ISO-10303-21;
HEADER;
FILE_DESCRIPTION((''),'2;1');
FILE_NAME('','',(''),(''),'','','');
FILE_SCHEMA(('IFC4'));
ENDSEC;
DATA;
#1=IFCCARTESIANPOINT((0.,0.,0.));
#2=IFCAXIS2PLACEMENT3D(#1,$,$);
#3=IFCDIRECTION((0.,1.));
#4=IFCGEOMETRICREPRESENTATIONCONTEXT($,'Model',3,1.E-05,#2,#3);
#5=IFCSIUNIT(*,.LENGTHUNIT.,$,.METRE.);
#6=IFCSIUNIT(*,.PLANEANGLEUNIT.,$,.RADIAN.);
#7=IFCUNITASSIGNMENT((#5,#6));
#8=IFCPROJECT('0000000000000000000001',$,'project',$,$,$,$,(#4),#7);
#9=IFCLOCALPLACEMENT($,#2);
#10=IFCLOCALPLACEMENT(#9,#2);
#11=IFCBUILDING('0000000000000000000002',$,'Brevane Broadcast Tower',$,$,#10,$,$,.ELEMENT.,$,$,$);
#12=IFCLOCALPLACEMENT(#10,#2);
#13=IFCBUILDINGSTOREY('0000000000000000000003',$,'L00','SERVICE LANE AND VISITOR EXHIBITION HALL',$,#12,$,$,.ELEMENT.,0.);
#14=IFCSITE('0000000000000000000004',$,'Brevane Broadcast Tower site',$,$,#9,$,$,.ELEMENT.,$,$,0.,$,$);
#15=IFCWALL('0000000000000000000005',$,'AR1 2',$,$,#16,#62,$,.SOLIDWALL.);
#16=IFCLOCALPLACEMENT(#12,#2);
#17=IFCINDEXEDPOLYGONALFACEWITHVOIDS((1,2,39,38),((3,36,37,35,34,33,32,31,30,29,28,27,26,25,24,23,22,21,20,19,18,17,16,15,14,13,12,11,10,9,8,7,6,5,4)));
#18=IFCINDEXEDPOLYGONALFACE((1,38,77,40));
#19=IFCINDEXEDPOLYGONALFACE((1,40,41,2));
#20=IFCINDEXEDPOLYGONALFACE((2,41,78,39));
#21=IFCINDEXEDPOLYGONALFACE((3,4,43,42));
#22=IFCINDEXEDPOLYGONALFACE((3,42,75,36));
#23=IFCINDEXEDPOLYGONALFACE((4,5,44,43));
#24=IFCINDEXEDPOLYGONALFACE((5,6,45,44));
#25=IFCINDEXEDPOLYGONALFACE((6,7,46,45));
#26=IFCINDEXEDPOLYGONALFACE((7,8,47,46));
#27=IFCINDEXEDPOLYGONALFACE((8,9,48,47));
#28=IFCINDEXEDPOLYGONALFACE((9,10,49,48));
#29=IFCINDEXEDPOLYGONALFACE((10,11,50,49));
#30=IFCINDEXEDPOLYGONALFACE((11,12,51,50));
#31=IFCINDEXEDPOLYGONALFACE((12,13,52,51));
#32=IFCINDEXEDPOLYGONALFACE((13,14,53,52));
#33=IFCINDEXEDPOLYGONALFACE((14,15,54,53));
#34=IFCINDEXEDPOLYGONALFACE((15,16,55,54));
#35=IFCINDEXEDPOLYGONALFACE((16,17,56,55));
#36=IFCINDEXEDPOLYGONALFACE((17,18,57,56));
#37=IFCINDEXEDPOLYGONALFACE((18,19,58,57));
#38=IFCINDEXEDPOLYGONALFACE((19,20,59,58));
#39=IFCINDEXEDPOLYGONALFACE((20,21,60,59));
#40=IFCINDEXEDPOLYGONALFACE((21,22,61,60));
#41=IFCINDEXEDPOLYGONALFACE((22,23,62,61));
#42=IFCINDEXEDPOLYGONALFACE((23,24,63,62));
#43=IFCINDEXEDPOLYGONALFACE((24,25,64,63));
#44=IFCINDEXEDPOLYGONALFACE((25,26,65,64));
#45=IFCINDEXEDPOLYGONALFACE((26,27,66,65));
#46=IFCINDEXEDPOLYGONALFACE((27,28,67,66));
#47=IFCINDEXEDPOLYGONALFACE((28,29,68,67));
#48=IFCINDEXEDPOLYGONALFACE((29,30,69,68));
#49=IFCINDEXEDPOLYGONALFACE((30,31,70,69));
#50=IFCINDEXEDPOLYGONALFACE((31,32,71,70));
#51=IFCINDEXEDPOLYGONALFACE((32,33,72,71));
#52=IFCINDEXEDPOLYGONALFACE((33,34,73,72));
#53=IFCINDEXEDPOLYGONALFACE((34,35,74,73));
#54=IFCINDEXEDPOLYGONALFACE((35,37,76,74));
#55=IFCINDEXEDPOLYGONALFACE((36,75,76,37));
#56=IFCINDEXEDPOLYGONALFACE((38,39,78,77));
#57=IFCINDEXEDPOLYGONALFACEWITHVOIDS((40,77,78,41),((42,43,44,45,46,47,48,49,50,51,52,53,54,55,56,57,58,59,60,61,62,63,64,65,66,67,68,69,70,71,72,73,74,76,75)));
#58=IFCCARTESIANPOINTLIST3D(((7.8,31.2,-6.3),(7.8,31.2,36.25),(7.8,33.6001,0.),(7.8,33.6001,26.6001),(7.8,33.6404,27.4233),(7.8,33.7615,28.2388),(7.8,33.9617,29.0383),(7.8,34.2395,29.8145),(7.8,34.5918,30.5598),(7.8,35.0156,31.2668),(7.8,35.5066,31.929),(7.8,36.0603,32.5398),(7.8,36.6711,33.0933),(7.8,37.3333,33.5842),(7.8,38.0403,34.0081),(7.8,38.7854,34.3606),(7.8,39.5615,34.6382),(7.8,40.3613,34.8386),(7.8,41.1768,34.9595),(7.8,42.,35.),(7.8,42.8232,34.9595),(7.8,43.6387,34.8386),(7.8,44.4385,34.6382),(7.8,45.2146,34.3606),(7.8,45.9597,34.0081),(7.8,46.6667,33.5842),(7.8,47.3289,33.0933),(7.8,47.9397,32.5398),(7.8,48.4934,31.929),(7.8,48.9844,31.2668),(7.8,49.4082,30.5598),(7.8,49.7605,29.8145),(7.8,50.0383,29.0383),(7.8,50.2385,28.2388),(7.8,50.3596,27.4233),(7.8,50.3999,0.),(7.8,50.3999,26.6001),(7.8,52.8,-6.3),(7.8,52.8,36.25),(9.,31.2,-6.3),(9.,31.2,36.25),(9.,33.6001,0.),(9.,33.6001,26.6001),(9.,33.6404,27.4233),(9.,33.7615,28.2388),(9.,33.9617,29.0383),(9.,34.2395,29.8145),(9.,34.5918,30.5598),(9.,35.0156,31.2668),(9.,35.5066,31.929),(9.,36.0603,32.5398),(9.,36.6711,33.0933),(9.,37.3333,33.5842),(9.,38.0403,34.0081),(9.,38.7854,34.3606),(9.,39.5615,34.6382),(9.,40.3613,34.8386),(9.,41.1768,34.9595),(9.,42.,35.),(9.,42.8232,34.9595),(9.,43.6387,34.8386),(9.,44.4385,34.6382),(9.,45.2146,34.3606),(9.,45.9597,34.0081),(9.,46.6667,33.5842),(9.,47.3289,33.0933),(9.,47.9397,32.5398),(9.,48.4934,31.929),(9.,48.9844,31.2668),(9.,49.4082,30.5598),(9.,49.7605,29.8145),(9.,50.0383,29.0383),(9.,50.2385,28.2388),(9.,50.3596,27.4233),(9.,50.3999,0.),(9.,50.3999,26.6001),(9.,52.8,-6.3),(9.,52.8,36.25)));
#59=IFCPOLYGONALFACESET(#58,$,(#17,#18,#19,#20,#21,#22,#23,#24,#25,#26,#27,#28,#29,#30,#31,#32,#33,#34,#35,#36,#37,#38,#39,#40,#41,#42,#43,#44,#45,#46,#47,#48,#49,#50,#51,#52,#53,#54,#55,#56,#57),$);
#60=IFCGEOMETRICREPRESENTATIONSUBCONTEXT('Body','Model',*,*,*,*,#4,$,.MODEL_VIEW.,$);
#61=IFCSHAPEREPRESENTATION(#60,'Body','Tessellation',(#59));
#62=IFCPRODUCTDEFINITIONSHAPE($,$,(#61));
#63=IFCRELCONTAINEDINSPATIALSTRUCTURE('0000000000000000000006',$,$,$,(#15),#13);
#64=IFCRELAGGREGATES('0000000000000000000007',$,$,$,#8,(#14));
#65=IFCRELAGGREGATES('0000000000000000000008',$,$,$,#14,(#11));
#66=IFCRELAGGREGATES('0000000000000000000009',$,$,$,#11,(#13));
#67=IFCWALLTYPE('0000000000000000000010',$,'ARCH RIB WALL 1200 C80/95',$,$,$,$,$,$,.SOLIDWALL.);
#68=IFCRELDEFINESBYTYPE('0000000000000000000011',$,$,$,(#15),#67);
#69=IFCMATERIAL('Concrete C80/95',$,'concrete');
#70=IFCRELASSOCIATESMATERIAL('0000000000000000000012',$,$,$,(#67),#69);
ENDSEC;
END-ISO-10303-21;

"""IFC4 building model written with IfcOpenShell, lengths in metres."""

from ifc_helpers import new_model, si_unit, direction, frame, origin, place, context, subcontext, project, spatial, polyline, outline, extrude, material, material_profile, profile_set, type_object, element, save


model = new_model("IFC4")

# Units and contexts
model_context = context("Model", 3, precision=1e-05, world=origin(), true_north=direction((0.0, 1.0)))
body_context = subcontext(model_context, "Body", "Model", "MODEL_VIEW")
ifc_project = project(units=[si_unit("LENGTHUNIT", "METRE"), si_unit("PLANEANGLEUNIT", "RADIAN")], contexts=[model_context])

# Site, building, storey
site_placement = place(None, origin())
site = spatial("IfcSite", under=ifc_project, at=site_placement, Name="Brevane Broadcast Tower site", CompositionType="ELEMENT", RefElevation=0.0)
building_placement = place(site_placement, origin())
building = spatial("IfcBuilding", under=site, at=building_placement, Name="Brevane Broadcast Tower", CompositionType="ELEMENT")
storey_placement = place(building_placement, origin())
storey = spatial("IfcBuildingStorey", under=building, at=storey_placement, Name="L00", Description="SERVICE LANE AND VISITOR EXHIBITION HALL", CompositionType="ELEMENT", Elevation=0.0)

# Wall
ifc_material_1 = material(Name="Concrete C80/95", Category="concrete")
ifc_material_profile_1 = material_profile(ifc_material_1, outline(polyline([(-10.8, -6.3), (10.8, -6.3), (10.8, 36.25), (-10.8, 36.25), (-10.8, -6.3)]), holes=[polyline([(-8.3999, 0.0), (-8.3999, 26.6001), (-8.3596, 27.4233), (-8.2385, 28.2388), (-8.0383, 29.0383), (-7.7605, 29.8145), (-7.4082, 30.5598), (-6.9844, 31.2668), (-6.4934, 31.929), (-5.9397, 32.5398), (-5.3289, 33.0933), (-4.6667, 33.5842), (-3.9597, 34.0081), (-3.2146, 34.3606), (-2.4385, 34.6382), (-1.6387, 34.8386), (-0.8232, 34.9595), (0.0, 35.0), (0.8232, 34.9595), (1.6387, 34.8386), (2.4385, 34.6382), (3.2146, 34.3606), (3.9597, 34.0081), (4.6667, 33.5842), (5.3289, 33.0933), (5.9397, 32.5398), (6.4934, 31.929), (6.9844, 31.2668), (7.4082, 30.5598), (7.7605, 29.8145), (8.0383, 29.0383), (8.2385, 28.2388), (8.3596, 27.4233), (8.3999, 26.6001), (8.3999, 0.0), (-8.3999, 0.0)])]), Name="ARCH RIB")
ifc_profile_set_1 = profile_set([ifc_material_profile_1], Name="Concrete C80/95")
wall_type_1 = type_object("IfcWallType", Name="ARCH RIB WALL 1200 C80/95", PredefinedType="SOLIDWALL", material=ifc_profile_set_1)
wall_1_placement = place(storey_placement, frame((7.8, 42.0, 0.0), z_axis=(1.0, 0.0, 0.0), x_axis=(0.0, 1.0, 0.0)))
element("IfcWall", 1, at=wall_1_placement, inside=storey, type_object=wall_type_1, Name="AR1 2", PredefinedType="SOLIDWALL", context=body_context, shape_type="SweptSolid", body=[
    extrude(outline(polyline([(-10.8, -6.3), (10.8, -6.3), (10.8, 36.25), (-10.8, 36.25), (-10.8, -6.3)]), holes=[polyline([(-8.3999, 0.0), (-8.3999, 26.6001), (-8.3596, 27.4233), (-8.2385, 28.2388), (-8.0383, 29.0383), (-7.7605, 29.8145), (-7.4082, 30.5598), (-6.9844, 31.2668), (-6.4934, 31.929), (-5.9397, 32.5398), (-5.3289, 33.0933), (-4.6667, 33.5842), (-3.9597, 34.0081), (-3.2146, 34.3606), (-2.4385, 34.6382), (-1.6387, 34.8386), (-0.8232, 34.9595), (0.0, 35.0), (0.8232, 34.9595), (1.6387, 34.8386), (2.4385, 34.6382), (3.2146, 34.3606), (3.9597, 34.0081), (4.6667, 33.5842), (5.3289, 33.0933), (5.9397, 32.5398), (6.4934, 31.929), (6.9844, 31.2668), (7.4082, 30.5598), (7.7605, 29.8145), (8.0383, 29.0383), (8.2385, 28.2388), (8.3596, 27.4233), (8.3999, 26.6001), (8.3999, 0.0), (-8.3999, 0.0)])]), origin(), (0.0, 0.0, 1.0), 1.2),
])

save(model, "model.ifc")
